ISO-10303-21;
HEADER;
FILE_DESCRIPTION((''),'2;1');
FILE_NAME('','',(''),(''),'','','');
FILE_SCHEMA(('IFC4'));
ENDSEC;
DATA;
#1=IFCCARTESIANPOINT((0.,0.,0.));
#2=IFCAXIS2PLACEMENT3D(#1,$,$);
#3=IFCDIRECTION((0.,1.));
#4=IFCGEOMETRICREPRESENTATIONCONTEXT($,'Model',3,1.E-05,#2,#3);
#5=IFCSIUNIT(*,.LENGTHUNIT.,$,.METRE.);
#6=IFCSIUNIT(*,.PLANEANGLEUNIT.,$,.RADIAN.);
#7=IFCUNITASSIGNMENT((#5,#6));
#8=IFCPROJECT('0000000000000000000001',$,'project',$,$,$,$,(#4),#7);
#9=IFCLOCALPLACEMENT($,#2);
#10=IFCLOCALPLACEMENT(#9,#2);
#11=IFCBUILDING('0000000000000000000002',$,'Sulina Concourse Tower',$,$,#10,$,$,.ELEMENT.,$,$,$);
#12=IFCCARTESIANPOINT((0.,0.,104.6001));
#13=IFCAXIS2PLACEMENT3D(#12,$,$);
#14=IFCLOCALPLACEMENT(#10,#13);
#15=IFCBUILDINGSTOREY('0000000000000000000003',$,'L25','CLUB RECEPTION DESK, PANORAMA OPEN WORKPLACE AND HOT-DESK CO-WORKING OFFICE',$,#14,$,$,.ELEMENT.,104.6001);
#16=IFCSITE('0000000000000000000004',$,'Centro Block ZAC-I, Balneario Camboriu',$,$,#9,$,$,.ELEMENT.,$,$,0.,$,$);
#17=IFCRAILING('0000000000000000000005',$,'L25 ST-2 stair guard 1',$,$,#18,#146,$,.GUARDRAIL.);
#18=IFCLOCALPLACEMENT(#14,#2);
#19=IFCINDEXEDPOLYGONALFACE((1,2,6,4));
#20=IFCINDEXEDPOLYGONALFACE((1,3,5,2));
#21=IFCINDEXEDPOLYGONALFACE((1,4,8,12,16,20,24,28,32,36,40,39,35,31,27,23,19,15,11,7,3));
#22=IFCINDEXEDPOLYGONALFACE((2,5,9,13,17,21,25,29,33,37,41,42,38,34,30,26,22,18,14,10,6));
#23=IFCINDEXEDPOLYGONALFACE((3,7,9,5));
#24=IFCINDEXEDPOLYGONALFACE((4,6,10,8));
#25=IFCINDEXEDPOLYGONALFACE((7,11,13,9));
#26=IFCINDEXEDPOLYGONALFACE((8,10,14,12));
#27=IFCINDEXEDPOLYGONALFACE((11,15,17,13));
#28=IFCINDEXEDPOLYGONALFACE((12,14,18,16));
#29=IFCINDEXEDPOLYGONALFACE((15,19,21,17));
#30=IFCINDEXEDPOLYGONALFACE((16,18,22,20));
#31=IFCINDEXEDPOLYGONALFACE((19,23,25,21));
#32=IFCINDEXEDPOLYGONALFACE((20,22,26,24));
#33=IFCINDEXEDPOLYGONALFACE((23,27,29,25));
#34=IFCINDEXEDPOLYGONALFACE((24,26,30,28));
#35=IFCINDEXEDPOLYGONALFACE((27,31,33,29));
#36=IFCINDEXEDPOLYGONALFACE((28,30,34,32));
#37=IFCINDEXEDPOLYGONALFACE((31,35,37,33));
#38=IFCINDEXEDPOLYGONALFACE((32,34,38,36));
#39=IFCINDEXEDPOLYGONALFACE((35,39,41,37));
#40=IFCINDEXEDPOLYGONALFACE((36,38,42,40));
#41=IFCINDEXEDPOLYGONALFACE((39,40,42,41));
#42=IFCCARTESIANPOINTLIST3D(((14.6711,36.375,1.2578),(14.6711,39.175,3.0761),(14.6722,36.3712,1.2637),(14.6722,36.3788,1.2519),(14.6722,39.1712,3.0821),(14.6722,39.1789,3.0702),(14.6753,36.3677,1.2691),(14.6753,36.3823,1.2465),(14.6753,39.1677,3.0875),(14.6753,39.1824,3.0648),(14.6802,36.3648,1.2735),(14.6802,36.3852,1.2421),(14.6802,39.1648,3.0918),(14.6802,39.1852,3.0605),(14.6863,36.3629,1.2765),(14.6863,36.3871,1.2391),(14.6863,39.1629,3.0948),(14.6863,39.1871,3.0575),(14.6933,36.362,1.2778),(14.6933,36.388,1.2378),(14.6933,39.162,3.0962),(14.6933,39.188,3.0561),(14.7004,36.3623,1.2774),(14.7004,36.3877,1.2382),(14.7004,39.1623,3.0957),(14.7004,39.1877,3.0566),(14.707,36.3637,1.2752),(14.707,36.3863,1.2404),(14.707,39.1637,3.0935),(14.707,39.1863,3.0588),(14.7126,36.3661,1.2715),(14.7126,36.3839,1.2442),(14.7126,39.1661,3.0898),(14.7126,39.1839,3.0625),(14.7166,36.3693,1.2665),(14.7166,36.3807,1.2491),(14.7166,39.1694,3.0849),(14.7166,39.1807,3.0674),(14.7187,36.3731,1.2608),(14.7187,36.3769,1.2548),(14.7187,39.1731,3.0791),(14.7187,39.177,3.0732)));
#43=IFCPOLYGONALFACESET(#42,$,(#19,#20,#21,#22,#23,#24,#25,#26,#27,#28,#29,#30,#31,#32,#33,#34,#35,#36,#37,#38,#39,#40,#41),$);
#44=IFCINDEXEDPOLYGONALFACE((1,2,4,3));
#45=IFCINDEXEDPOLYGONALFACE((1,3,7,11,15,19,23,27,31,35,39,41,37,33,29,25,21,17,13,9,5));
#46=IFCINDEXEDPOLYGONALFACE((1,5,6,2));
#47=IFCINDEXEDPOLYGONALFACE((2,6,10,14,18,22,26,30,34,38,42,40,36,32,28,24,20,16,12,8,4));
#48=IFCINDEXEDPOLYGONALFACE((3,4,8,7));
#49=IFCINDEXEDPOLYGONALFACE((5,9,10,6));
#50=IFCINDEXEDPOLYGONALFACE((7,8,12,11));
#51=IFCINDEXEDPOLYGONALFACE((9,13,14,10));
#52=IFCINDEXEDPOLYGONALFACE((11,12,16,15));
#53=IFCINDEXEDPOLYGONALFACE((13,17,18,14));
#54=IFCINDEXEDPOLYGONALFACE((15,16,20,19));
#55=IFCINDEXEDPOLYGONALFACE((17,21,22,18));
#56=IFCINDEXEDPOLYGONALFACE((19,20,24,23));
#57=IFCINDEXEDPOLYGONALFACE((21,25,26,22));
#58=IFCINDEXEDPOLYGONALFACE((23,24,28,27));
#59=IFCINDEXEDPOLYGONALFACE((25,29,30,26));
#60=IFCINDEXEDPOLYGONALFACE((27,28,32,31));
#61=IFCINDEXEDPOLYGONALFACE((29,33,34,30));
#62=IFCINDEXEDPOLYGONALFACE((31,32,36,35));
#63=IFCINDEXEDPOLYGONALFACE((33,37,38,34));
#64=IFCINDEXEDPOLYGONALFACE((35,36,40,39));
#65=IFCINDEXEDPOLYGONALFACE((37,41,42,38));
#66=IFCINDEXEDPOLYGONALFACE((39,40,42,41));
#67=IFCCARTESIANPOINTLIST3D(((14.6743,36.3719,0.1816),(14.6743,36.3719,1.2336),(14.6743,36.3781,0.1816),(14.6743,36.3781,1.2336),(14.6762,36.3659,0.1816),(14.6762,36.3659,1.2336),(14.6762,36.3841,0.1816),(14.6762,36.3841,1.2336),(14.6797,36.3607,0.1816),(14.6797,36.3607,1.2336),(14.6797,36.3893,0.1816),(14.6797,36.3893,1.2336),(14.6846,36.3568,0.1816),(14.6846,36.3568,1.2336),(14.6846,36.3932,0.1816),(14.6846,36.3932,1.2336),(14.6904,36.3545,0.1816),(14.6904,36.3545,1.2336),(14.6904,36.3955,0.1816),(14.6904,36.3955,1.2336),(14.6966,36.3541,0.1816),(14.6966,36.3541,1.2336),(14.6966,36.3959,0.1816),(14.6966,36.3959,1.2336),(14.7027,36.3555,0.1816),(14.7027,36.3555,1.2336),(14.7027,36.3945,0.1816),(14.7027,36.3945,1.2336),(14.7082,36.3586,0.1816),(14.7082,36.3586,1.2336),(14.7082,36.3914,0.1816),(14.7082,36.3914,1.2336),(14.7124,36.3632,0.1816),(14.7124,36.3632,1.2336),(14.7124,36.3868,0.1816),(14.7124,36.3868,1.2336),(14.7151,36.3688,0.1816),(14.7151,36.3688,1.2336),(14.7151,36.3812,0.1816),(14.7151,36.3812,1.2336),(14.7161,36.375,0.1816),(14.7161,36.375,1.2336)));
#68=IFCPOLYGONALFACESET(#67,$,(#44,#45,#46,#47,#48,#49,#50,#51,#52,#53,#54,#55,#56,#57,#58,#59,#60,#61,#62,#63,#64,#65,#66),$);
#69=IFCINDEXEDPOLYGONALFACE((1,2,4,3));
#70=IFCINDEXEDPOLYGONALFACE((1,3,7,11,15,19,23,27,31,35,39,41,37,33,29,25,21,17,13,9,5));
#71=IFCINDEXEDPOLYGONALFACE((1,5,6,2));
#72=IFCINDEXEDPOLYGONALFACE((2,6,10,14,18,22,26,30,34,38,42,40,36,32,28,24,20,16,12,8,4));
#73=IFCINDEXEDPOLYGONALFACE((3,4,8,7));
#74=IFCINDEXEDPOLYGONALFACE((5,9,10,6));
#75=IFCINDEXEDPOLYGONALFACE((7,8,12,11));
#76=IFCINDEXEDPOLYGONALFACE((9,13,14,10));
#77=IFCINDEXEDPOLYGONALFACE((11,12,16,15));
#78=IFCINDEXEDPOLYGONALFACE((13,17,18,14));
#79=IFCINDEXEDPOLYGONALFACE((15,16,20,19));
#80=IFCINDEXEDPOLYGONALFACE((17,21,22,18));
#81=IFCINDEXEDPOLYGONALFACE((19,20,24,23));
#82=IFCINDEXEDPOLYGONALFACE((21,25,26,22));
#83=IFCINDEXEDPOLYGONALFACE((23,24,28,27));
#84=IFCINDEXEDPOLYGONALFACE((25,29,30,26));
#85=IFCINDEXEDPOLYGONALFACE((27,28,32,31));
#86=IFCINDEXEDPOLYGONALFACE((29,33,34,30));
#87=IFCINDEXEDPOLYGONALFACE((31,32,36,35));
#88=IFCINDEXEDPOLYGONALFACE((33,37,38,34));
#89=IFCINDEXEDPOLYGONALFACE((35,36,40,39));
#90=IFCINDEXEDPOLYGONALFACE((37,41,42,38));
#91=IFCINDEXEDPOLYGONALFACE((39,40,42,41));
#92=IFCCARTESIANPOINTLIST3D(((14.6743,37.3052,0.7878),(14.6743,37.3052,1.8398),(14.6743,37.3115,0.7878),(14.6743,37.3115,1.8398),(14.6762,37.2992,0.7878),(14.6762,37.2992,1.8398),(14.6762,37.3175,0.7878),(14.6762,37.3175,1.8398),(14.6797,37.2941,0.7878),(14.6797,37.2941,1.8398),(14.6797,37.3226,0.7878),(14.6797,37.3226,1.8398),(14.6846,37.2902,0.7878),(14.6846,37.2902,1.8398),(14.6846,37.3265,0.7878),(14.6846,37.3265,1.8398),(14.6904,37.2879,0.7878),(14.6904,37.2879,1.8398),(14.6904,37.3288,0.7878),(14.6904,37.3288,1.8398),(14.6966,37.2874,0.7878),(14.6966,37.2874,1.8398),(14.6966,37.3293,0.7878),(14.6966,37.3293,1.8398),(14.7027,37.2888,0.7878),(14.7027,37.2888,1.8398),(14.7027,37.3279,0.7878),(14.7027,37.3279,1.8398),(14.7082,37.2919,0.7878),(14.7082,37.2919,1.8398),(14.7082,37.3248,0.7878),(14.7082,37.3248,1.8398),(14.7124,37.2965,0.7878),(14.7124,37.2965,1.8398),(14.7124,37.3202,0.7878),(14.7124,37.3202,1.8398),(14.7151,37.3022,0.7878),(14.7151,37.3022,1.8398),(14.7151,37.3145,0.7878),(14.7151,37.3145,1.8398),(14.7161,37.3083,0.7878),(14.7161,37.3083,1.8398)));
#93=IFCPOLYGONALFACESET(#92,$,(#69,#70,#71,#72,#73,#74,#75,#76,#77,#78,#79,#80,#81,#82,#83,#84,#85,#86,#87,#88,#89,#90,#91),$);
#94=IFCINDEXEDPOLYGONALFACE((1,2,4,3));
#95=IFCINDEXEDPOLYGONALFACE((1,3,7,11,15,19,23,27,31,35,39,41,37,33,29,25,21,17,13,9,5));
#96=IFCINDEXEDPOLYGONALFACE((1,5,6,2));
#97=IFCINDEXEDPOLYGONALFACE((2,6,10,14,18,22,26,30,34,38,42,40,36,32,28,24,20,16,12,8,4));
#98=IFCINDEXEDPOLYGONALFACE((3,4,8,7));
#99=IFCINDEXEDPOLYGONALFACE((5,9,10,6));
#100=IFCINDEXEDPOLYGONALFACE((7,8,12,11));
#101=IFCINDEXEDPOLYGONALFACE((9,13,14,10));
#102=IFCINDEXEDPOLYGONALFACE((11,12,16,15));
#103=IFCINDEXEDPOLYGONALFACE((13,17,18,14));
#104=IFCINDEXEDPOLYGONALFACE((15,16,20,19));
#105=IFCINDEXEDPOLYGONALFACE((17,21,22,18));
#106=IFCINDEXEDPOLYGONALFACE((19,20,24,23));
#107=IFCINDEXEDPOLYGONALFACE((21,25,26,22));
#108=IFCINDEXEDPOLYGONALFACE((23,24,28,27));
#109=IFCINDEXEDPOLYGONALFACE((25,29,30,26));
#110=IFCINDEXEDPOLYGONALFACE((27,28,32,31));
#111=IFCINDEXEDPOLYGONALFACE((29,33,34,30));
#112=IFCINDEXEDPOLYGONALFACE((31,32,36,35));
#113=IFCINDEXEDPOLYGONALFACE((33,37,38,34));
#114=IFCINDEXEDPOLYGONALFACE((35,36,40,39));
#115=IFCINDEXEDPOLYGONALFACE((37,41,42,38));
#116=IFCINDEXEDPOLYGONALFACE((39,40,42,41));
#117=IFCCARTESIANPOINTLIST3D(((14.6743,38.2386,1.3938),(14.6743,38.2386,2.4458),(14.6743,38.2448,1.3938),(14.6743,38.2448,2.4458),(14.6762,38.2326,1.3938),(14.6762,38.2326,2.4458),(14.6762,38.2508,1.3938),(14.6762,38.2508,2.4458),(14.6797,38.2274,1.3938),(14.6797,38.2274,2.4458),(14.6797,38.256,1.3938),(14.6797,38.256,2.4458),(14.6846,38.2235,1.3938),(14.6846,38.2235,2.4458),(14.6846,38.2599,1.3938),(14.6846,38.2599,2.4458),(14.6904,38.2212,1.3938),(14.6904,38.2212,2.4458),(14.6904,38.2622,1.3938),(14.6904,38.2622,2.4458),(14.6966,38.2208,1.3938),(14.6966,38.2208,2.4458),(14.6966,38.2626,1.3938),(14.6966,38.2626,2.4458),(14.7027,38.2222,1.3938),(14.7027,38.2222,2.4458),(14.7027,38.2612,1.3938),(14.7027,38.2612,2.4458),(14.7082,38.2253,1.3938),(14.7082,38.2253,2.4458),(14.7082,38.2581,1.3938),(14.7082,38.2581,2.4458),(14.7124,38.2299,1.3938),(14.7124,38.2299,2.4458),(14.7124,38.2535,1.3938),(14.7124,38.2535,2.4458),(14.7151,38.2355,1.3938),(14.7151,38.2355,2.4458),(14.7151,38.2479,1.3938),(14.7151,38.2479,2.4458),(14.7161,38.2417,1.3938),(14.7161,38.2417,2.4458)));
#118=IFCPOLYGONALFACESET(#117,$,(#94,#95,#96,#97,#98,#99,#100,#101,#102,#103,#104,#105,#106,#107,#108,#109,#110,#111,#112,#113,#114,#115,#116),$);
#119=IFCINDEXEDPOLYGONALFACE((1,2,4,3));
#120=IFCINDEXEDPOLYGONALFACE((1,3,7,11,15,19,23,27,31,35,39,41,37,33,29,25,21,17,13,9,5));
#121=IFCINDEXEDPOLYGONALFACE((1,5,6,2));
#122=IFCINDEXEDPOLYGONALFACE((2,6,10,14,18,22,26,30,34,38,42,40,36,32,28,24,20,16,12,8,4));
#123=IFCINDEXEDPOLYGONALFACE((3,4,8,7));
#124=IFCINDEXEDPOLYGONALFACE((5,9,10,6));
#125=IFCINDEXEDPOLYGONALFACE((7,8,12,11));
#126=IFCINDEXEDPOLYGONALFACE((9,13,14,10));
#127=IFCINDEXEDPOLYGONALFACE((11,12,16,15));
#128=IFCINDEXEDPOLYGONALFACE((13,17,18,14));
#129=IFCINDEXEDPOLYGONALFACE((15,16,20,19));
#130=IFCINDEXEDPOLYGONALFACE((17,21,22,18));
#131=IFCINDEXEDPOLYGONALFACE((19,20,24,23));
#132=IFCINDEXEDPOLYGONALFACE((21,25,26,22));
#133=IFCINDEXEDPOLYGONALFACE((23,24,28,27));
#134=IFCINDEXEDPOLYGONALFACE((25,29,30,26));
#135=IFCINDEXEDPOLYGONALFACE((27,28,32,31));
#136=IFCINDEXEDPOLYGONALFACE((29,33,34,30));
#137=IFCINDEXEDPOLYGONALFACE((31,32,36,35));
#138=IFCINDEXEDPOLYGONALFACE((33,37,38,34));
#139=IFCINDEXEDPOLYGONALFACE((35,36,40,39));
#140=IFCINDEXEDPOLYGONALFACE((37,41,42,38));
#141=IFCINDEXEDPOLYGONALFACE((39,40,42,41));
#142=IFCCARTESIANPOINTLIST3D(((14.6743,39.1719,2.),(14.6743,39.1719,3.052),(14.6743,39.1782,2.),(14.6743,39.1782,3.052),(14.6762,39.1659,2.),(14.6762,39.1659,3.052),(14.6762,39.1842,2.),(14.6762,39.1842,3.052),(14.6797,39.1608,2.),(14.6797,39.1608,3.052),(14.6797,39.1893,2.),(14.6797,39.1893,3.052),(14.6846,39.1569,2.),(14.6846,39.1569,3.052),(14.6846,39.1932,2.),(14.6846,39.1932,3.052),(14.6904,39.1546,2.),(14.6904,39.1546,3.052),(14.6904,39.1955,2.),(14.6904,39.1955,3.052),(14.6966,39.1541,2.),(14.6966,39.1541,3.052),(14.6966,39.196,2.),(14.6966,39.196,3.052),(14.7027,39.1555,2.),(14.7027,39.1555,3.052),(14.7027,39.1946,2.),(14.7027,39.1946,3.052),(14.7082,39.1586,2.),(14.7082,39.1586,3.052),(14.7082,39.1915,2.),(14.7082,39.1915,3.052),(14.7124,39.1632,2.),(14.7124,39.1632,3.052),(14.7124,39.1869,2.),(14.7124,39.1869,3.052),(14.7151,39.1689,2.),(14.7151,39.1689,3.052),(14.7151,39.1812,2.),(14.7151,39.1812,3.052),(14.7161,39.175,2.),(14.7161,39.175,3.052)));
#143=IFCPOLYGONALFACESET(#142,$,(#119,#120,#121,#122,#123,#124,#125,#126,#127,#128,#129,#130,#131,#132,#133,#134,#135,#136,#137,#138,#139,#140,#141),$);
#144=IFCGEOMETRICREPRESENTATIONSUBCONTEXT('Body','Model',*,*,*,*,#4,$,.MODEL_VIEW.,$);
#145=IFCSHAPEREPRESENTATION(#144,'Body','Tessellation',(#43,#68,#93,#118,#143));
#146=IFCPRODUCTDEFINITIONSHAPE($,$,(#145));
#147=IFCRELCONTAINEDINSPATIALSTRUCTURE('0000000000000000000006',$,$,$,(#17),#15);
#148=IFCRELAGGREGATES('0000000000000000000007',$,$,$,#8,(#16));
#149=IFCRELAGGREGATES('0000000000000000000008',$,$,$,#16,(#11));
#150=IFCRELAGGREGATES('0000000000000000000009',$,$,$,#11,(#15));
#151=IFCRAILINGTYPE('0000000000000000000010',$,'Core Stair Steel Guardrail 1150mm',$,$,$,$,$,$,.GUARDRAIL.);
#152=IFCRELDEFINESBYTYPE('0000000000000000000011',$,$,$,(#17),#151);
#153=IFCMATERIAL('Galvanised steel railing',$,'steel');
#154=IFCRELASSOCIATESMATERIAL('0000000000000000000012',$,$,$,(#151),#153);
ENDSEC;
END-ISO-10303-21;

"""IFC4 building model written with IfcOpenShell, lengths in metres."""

from ifc_helpers import new_model, si_unit, direction, frame, origin, origin_2d, place, context, subcontext, project, spatial, circle, extrude, material, type_object, element, save


model = new_model("IFC4")

# Units and contexts
model_context = context("Model", 3, precision=1e-05, world=origin(), true_north=direction((0.0, 1.0)))
body_context = subcontext(model_context, "Body", "Model", "MODEL_VIEW")
ifc_project = project(units=[si_unit("LENGTHUNIT", "METRE"), si_unit("PLANEANGLEUNIT", "RADIAN")], contexts=[model_context])

# Site, building, storey
site_placement = place(None, origin())
site = spatial("IfcSite", under=ifc_project, at=site_placement, Name="Centro Block ZAC-I, Balneario Camboriu", CompositionType="ELEMENT", RefElevation=0.0)
building_placement = place(site_placement, origin())
building = spatial("IfcBuilding", under=site, at=building_placement, Name="Sulina Concourse Tower", CompositionType="ELEMENT")
storey_placement = place(building_placement, frame((0.0, 0.0, 104.6001)))
storey = spatial("IfcBuildingStorey", under=building, at=storey_placement, Name="L25", Description="CLUB RECEPTION DESK, PANORAMA OPEN WORKPLACE AND HOT-DESK CO-WORKING OFFICE", CompositionType="ELEMENT", Elevation=104.6001)

# Railing
ifc_material_1 = material(Name="Galvanised steel railing", Category="steel")
railing_type_1 = type_object("IfcRailingType", Name="Core Stair Steel Guardrail 1150mm", PredefinedType="GUARDRAIL", material=ifc_material_1)
railing_1_placement = place(storey_placement, frame((14.6951, 36.375, 0.1816)))
element("IfcRailing", 1, at=railing_1_placement, inside=storey, type_object=railing_type_1, Name="L25 ST-2 stair guard 1", PredefinedType="GUARDRAIL", context=body_context, shape_type="SweptSolid", body=[
    extrude(circle(Radius=0.0239, at=origin_2d()), frame((0.0, 0.0, 1.0762), z_axis=(0.0, 0.838672, 0.544636), x_axis=(-1.0, 0.0, 0.0)), (0.0, 0.0, 1.0), 3.3386),
    extrude(circle(Radius=0.021, at=origin_2d()), origin(), (0.0, 0.0, 1.0), 1.052),
    extrude(circle(Radius=0.021, at=origin_2d()), frame((0.0, 0.9333, 0.6062)), (0.0, 0.0, 1.0), 1.052),
    extrude(circle(Radius=0.021, at=origin_2d()), frame((0.0, 1.8667, 1.2122)), (0.0, 0.0, 1.0), 1.052),
    extrude(circle(Radius=0.021, at=origin_2d()), frame((0.0, 2.8, 1.8184)), (0.0, 0.0, 1.0), 1.052),
])

save(model, "model.ifc")
